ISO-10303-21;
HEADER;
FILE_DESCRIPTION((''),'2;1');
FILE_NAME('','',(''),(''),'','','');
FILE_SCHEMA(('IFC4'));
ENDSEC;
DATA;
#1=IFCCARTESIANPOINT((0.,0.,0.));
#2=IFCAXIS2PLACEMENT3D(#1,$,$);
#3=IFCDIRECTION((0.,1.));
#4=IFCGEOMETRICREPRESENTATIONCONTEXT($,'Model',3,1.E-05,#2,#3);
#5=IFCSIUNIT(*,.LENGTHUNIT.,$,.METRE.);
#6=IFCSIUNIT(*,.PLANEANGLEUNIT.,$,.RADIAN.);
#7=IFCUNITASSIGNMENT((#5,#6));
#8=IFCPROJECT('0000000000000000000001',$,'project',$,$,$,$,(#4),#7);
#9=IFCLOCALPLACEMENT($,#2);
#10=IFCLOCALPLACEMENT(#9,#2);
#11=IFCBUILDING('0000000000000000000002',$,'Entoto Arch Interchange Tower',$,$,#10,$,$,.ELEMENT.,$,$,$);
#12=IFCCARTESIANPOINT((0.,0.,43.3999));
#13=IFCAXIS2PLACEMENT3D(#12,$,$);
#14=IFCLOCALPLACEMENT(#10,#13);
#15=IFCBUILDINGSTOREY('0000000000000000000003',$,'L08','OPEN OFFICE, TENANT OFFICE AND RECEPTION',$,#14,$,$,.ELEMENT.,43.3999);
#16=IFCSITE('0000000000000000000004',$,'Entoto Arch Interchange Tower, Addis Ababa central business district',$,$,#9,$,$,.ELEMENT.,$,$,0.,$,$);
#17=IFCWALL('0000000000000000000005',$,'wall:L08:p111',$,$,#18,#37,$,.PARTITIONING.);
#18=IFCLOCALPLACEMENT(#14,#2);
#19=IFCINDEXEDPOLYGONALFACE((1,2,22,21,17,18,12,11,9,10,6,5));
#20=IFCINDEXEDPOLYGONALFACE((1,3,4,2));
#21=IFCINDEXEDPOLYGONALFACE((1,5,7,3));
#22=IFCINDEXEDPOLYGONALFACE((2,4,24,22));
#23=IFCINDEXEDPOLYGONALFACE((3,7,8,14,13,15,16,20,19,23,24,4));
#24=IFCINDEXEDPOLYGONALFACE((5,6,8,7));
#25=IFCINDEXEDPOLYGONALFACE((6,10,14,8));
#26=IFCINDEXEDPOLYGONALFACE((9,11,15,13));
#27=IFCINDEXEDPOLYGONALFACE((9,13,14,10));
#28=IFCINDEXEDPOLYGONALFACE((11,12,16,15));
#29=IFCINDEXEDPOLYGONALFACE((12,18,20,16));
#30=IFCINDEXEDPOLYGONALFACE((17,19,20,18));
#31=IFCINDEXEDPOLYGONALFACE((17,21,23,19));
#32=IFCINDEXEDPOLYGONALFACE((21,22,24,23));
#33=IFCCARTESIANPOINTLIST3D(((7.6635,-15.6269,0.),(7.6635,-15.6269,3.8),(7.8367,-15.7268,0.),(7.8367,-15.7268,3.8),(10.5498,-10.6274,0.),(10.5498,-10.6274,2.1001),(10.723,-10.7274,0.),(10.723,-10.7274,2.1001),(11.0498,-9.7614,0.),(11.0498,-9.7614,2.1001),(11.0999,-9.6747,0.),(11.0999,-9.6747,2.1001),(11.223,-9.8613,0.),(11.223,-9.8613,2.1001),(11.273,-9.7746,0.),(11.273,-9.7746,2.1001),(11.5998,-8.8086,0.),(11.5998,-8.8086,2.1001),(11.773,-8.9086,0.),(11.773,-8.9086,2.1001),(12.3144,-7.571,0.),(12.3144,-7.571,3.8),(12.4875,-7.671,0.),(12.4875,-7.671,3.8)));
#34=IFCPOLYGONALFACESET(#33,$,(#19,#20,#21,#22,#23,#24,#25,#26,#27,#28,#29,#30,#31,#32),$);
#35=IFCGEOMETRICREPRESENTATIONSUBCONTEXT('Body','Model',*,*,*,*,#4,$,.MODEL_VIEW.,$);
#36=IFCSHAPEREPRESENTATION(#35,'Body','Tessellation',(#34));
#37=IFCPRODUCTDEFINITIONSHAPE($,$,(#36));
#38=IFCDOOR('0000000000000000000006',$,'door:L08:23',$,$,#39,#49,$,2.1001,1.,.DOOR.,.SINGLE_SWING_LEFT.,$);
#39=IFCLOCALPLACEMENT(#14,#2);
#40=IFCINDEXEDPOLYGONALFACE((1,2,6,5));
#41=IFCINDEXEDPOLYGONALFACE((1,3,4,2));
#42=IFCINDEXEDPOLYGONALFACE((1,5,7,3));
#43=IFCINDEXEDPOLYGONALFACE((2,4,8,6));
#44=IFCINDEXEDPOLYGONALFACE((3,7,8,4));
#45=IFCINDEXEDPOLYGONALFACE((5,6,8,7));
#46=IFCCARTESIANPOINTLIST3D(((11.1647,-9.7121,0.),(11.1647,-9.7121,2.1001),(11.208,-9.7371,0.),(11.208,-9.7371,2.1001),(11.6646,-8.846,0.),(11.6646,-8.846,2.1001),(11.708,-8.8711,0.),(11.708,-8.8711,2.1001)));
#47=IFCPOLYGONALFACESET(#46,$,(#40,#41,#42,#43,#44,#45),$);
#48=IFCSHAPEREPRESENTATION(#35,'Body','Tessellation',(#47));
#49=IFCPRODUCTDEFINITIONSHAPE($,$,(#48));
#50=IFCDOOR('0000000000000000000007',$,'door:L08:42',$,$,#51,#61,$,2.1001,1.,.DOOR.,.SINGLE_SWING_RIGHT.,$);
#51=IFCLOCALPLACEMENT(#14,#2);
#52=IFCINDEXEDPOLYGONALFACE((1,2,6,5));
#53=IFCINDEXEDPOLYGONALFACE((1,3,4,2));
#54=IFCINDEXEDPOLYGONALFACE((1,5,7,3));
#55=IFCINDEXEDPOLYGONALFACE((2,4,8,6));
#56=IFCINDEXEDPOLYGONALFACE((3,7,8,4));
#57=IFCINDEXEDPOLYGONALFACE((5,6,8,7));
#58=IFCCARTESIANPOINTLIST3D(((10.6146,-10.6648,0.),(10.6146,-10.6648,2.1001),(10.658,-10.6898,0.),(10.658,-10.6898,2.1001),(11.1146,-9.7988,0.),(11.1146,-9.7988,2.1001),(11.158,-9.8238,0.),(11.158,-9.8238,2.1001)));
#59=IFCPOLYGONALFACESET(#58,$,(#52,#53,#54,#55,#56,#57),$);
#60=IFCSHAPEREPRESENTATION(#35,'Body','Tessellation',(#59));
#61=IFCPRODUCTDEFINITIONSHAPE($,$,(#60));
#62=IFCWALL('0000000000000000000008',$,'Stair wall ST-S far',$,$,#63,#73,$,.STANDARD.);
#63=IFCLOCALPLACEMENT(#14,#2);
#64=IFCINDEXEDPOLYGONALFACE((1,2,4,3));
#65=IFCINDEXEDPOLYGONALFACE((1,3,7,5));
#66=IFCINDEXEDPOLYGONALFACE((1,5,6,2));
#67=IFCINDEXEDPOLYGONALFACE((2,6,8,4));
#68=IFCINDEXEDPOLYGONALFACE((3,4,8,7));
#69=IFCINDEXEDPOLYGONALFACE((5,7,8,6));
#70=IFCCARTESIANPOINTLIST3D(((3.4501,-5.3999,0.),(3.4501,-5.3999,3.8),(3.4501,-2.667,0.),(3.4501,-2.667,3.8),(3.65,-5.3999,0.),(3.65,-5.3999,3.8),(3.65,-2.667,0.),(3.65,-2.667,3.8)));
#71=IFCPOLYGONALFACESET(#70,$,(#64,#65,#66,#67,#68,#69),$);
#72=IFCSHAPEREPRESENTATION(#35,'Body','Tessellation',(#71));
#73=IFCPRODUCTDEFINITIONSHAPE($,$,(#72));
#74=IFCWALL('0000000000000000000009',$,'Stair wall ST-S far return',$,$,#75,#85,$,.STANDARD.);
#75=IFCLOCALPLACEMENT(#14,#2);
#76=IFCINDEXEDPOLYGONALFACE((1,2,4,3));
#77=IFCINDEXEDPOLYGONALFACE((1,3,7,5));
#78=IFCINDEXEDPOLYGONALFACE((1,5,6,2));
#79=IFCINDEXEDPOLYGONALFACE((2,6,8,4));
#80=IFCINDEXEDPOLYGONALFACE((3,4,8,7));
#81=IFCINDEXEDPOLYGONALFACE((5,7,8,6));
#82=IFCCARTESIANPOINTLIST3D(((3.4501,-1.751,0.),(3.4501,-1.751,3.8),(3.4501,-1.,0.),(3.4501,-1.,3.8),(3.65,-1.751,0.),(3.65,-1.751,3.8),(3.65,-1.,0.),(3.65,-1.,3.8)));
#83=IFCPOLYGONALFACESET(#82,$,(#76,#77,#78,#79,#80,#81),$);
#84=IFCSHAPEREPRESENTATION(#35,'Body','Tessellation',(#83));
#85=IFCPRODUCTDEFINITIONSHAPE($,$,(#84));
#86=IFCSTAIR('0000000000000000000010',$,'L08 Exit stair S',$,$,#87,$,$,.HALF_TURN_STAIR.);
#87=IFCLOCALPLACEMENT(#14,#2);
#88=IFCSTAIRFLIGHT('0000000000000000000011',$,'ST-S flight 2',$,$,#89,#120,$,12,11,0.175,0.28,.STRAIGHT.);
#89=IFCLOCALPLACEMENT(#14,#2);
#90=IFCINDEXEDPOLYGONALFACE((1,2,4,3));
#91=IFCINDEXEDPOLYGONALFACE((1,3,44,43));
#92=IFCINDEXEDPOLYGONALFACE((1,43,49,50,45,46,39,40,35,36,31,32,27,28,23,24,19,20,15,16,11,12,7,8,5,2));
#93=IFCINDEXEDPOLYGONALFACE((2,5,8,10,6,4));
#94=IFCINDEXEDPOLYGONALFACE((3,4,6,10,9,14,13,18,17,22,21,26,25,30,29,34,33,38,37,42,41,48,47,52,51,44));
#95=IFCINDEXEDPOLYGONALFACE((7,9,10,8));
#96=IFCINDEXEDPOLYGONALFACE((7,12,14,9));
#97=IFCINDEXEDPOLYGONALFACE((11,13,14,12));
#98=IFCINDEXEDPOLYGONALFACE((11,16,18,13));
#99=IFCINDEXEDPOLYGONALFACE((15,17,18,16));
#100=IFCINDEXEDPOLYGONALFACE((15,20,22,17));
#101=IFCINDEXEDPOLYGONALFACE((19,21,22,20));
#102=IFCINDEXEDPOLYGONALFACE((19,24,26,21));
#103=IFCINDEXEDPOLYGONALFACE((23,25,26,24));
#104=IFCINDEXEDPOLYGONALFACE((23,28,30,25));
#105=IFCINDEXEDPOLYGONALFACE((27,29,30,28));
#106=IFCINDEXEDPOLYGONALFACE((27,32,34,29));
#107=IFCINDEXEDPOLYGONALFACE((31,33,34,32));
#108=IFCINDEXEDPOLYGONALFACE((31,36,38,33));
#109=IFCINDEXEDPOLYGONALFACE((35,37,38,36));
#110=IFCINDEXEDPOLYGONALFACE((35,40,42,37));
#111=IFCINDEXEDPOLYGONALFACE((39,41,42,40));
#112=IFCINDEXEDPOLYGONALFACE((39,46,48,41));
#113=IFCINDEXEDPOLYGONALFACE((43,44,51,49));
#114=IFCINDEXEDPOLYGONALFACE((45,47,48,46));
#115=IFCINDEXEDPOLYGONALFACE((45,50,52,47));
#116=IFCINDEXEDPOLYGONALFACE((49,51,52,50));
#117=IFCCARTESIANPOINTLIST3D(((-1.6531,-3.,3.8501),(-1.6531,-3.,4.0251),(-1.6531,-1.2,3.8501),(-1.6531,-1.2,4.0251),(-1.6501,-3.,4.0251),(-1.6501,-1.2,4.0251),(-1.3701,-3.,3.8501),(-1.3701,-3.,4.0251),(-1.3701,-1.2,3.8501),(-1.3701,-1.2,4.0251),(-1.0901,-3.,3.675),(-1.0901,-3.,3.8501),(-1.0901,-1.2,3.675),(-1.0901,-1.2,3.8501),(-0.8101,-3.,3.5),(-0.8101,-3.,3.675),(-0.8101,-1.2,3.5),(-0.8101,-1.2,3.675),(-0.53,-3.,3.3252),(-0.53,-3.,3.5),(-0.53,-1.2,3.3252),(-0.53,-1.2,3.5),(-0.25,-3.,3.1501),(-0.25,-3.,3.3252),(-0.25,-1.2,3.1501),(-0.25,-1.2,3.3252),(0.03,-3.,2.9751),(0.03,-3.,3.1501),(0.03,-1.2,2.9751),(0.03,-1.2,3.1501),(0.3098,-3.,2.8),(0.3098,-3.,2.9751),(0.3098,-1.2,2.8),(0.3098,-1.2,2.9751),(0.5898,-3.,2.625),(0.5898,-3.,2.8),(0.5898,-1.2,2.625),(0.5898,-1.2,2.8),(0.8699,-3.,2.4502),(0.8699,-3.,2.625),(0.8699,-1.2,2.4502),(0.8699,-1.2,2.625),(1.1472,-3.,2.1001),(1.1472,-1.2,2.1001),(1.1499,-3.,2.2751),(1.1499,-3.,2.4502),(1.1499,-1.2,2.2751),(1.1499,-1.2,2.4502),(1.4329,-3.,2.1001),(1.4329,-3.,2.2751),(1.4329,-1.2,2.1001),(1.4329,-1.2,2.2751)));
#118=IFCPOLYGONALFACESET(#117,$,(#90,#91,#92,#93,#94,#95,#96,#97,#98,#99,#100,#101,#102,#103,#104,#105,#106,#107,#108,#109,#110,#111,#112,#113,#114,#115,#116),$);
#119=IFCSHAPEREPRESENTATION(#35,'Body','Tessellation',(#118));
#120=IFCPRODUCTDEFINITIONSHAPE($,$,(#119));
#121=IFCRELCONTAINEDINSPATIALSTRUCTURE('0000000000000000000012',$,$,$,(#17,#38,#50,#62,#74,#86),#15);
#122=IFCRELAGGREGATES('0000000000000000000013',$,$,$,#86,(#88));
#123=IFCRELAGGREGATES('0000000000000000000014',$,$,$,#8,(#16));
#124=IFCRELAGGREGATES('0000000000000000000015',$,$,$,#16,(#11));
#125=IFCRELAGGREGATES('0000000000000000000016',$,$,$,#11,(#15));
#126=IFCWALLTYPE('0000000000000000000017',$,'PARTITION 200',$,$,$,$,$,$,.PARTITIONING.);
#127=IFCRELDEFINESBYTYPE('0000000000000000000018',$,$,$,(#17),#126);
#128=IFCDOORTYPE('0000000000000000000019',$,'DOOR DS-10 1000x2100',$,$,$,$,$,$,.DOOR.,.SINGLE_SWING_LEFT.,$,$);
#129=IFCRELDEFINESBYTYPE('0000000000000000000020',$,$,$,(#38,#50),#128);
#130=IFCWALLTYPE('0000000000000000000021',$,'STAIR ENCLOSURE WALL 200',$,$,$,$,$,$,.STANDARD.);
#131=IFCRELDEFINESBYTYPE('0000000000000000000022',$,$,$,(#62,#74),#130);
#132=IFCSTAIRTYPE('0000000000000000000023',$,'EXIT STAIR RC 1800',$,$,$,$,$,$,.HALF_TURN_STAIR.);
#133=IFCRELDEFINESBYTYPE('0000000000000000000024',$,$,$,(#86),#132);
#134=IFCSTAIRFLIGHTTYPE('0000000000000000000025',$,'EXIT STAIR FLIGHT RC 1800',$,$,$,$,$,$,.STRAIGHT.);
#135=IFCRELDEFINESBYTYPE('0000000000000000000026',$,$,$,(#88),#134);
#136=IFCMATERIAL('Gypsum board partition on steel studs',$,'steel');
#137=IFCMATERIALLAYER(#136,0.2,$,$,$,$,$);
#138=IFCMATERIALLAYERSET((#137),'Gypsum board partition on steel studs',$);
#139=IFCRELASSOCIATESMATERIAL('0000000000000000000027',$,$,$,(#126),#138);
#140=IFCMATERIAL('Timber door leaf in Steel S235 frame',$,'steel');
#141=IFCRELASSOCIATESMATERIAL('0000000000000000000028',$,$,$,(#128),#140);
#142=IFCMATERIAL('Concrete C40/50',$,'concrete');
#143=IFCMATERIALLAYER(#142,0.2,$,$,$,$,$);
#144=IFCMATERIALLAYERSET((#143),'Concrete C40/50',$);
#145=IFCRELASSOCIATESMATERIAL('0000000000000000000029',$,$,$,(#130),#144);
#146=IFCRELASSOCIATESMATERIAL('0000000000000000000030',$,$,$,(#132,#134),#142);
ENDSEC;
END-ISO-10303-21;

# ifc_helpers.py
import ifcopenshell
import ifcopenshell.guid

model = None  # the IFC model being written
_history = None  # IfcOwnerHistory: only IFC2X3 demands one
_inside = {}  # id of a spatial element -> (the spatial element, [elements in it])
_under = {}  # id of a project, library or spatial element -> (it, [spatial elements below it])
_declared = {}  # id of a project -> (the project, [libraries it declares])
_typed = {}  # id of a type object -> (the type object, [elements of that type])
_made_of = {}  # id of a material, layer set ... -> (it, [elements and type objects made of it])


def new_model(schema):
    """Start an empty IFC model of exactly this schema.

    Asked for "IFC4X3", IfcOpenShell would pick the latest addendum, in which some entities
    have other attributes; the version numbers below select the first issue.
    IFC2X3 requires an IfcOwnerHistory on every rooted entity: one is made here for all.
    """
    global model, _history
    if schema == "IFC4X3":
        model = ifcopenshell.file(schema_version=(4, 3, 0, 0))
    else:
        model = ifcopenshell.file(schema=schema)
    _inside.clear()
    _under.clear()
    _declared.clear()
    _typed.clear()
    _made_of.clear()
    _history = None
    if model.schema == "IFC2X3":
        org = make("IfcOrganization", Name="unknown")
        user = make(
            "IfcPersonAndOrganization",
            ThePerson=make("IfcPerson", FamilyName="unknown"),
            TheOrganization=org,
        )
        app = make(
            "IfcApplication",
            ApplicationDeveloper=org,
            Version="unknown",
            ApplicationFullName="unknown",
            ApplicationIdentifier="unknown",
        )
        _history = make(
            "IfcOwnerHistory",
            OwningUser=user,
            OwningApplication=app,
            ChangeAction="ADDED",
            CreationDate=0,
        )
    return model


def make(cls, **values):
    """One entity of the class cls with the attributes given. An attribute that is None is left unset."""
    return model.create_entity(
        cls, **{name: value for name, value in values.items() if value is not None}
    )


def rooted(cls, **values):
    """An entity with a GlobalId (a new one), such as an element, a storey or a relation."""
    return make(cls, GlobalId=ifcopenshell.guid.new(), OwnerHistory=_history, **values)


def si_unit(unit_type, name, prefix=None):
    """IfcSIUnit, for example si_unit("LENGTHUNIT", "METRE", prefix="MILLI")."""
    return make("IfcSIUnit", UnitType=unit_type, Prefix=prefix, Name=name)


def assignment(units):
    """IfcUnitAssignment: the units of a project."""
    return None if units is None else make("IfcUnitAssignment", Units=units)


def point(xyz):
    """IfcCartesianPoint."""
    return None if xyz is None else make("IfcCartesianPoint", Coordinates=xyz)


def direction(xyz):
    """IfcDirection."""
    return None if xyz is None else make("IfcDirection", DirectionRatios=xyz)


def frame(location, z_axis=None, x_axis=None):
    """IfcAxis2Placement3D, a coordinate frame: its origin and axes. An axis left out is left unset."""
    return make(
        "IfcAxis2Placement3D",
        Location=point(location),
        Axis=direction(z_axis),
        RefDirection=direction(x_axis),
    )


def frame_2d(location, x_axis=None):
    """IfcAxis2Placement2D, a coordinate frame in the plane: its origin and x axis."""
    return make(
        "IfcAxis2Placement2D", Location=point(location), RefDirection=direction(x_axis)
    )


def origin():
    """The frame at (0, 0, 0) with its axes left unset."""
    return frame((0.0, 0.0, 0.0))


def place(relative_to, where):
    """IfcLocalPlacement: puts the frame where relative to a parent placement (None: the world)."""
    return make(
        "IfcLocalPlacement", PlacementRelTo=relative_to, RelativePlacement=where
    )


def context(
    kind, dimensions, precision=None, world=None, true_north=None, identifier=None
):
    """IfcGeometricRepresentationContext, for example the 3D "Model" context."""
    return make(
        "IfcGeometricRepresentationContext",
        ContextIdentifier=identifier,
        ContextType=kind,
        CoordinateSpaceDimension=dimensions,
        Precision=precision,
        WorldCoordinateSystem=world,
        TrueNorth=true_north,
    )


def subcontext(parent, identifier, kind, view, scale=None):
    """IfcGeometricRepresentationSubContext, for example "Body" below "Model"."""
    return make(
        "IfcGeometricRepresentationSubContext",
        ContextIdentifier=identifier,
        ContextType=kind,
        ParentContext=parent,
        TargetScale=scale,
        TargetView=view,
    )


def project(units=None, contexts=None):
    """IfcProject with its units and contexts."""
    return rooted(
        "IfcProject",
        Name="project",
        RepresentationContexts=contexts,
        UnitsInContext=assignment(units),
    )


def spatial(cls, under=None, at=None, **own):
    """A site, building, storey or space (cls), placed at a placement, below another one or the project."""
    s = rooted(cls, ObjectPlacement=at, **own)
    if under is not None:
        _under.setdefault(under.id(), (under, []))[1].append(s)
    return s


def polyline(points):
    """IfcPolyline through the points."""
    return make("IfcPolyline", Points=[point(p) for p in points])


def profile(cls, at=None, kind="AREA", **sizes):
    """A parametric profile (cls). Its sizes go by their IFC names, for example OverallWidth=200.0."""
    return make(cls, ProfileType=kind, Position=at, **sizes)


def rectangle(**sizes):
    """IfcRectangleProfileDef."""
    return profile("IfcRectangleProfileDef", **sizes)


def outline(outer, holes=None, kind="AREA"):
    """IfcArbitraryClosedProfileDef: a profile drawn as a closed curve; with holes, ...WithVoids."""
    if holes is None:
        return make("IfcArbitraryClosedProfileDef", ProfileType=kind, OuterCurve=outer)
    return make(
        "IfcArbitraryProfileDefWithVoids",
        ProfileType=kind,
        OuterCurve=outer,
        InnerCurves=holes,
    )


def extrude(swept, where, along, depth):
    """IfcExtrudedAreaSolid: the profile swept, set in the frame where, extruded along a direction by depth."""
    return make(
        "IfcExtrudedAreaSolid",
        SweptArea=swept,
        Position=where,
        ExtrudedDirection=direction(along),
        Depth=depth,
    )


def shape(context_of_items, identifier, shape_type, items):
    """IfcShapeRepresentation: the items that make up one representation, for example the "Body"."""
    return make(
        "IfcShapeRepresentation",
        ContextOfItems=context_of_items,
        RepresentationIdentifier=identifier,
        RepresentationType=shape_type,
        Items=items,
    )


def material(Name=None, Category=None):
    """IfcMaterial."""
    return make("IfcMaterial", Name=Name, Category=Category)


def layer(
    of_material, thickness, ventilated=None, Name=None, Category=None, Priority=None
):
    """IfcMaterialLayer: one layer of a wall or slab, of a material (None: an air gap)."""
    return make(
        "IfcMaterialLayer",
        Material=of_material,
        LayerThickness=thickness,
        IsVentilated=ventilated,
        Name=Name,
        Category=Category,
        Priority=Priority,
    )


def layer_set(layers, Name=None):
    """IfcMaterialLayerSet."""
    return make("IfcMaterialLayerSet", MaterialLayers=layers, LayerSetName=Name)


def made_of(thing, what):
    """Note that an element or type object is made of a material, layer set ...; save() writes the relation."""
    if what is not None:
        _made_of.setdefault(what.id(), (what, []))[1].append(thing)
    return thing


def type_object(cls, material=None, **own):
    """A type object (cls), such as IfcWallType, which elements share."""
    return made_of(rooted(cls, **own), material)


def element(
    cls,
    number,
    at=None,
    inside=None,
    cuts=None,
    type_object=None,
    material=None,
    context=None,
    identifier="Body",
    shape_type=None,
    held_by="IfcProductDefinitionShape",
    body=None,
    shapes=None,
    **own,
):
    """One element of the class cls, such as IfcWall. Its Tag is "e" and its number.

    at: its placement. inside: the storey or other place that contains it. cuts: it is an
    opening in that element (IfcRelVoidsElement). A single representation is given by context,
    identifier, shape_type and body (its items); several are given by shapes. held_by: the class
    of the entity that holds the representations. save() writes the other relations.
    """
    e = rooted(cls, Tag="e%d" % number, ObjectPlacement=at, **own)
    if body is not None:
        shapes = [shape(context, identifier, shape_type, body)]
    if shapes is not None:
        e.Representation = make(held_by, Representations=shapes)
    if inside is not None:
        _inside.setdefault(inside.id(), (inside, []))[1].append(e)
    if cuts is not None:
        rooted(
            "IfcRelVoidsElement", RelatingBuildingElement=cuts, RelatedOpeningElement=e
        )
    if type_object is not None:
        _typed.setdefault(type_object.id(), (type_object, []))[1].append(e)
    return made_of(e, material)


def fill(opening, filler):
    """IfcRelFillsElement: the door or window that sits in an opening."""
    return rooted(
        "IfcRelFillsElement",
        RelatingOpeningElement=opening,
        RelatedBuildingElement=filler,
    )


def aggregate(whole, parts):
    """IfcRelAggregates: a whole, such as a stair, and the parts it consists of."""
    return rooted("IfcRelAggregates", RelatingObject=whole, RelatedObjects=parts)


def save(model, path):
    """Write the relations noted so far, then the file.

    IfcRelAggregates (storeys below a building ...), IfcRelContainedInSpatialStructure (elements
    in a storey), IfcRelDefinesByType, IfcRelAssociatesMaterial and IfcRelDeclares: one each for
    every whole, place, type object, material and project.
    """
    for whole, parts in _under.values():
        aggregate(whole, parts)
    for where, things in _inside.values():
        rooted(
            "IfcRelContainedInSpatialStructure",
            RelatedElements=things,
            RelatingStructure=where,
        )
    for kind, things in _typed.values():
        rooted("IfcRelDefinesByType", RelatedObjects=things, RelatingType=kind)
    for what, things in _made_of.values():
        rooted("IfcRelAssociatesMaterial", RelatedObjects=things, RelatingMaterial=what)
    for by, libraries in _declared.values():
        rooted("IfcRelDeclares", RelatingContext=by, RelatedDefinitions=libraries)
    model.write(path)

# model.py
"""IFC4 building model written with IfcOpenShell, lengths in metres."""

from ifc_helpers import new_model, si_unit, direction, frame, frame_2d, origin, place, context, subcontext, project, spatial, polyline, rectangle, outline, extrude, material, layer, layer_set, type_object, element, fill, aggregate, save


model = new_model("IFC4")

# Units and contexts
model_context = context("Model", 3, precision=1e-05, world=origin(), true_north=direction((0.0, 1.0)))
body_context = subcontext(model_context, "Body", "Model", "MODEL_VIEW")
ifc_project = project(units=[si_unit("LENGTHUNIT", "METRE"), si_unit("PLANEANGLEUNIT", "RADIAN")], contexts=[model_context])

# Site, building, storey
site_placement = place(None, origin())
site = spatial("IfcSite", under=ifc_project, at=site_placement, Name="Entoto Arch Interchange Tower, Addis Ababa central business district", CompositionType="ELEMENT", RefElevation=0.0)
building_placement = place(site_placement, origin())
building = spatial("IfcBuilding", under=site, at=building_placement, Name="Entoto Arch Interchange Tower", CompositionType="ELEMENT")
storey_placement = place(building_placement, frame((0.0, 0.0, 43.3999)))
storey = spatial("IfcBuildingStorey", under=building, at=storey_placement, Name="L08", Description="OPEN OFFICE, TENANT OFFICE AND RECEPTION", CompositionType="ELEMENT", Elevation=43.3999)

# Shared definitions
ifc_material_1 = material(Name="Concrete C40/50", Category="concrete")

# Shared definitions
ifc_material_2 = material(Name="Gypsum board partition on steel studs", Category="steel")
ifc_layer_1 = layer(ifc_material_2, 0.2)
ifc_layer_set_1 = layer_set([ifc_layer_1], Name="Gypsum board partition on steel studs")
wall_type_1 = type_object("IfcWallType", Name="PARTITION 200", PredefinedType="PARTITIONING", material=ifc_layer_set_1)

# Wall, openings, doors
wall_1_placement = place(storey_placement, frame((12.4009, -7.6211, 0.0), z_axis=(0.0, 0.0, 1.0), x_axis=(-0.499984, -0.866035, 0.0)))
wall_1 = element("IfcWall", 1, at=wall_1_placement, inside=storey, type_object=wall_type_1, Name="wall:L08:p111", PredefinedType="PARTITIONING", context=body_context, shape_type="SweptSolid", body=[
    extrude(rectangle(XDim=9.302, YDim=0.2, at=frame_2d((4.6509, 0.0))), origin(), (0.0, 0.0, 1.0), 3.8),
])
opening_1_placement = place(wall_1_placement, frame((1.429, 0.0, 0.0)))
opening_1 = element("IfcOpeningElement", 2, at=opening_1_placement, cuts=wall_1, PredefinedType="OPENING", context=body_context, shape_type="SweptSolid", body=[
    extrude(rectangle(XDim=1.0, YDim=2.1001, at=frame_2d((0.5, 1.05))), frame((0.0, 0.1099, 0.0), z_axis=(0.0, -1.0, 0.0), x_axis=(1.0, 0.0, 0.0)), (0.0, 0.0, 1.0), 0.22),
])
opening_2_placement = place(wall_1_placement, frame((2.5291, 0.0, 0.0)))
opening_2 = element("IfcOpeningElement", 3, at=opening_2_placement, cuts=wall_1, PredefinedType="OPENING", context=body_context, shape_type="SweptSolid", body=[
    extrude(rectangle(XDim=1.0, YDim=2.1001, at=frame_2d((0.5, 1.05))), frame((0.0, 0.1099, 0.0), z_axis=(0.0, -1.0, 0.0), x_axis=(1.0, 0.0, 0.0)), (0.0, 0.0, 1.0), 0.22),
])
ifc_material_3 = material(Name="Timber door leaf in Steel S235 frame", Category="steel")
door_type_1 = type_object("IfcDoorType", Name="DOOR DS-10 1000x2100", OperationType="SINGLE_SWING_LEFT", PredefinedType="DOOR", material=ifc_material_3)
door_1_placement = place(opening_1_placement, origin())
door_1 = element("IfcDoor", 4, at=door_1_placement, inside=storey, type_object=door_type_1, Name="door:L08:23", OperationType="SINGLE_SWING_LEFT", OverallHeight=2.1001, OverallWidth=1.0, PredefinedType="DOOR", context=body_context, shape_type="SweptSolid", body=[
    extrude(rectangle(XDim=1.0, YDim=2.1001, at=frame_2d((0.5, 1.05))), frame((0.0, 0.0249, 0.0), z_axis=(0.0, -1.0, 0.0), x_axis=(1.0, 0.0, 0.0)), (0.0, 0.0, 1.0), 0.05),
])
fill(opening_1, door_1)
door_2_placement = place(opening_2_placement, origin())
door_2 = element("IfcDoor", 5, at=door_2_placement, inside=storey, type_object=door_type_1, Name="door:L08:42", OperationType="SINGLE_SWING_RIGHT", OverallHeight=2.1001, OverallWidth=1.0, PredefinedType="DOOR", context=body_context, shape_type="SweptSolid", body=[
    extrude(rectangle(XDim=1.0, YDim=2.1001, at=frame_2d((0.5, 1.05))), frame((0.0, 0.0249, 0.0), z_axis=(0.0, -1.0, 0.0), x_axis=(1.0, 0.0, 0.0)), (0.0, 0.0, 1.0), 0.05),
])
fill(opening_2, door_2)

# Walls
ifc_layer_2 = layer(ifc_material_1, 0.2)
ifc_layer_set_2 = layer_set([ifc_layer_2], Name="Concrete C40/50")
wall_type_2 = type_object("IfcWallType", Name="STAIR ENCLOSURE WALL 200", PredefinedType="STANDARD", material=ifc_layer_set_2)
wall_2_placement = place(storey_placement, frame((3.55, -2.667, 0.0), z_axis=(0.0, 0.0, 1.0), x_axis=(0.0, -1.0, 0.0)))
element("IfcWall", 6, at=wall_2_placement, inside=storey, type_object=wall_type_2, Name="Stair wall ST-S far", PredefinedType="STANDARD", context=body_context, shape_type="SweptSolid", body=[
    extrude(rectangle(XDim=2.7329, YDim=0.2, at=frame_2d((1.3665, 0.0))), origin(), (0.0, 0.0, 1.0), 3.8),
])
wall_3_placement = place(storey_placement, frame((3.55, -1.0, 0.0), z_axis=(0.0, 0.0, 1.0), x_axis=(0.0, -1.0, 0.0)))
element("IfcWall", 7, at=wall_3_placement, inside=storey, type_object=wall_type_2, Name="Stair wall ST-S far return", PredefinedType="STANDARD", context=body_context, shape_type="SweptSolid", body=[
    extrude(rectangle(XDim=0.751, YDim=0.2, at=frame_2d((0.3755, 0.0))), origin(), (0.0, 0.0, 1.0), 3.8),
])

# Stair, stair flight
stair_type = type_object("IfcStairType", Name="EXIT STAIR RC 1800", PredefinedType="HALF_TURN_STAIR", material=ifc_material_1)
stair_placement = place(storey_placement, origin())
stair = element("IfcStair", 8, at=stair_placement, inside=storey, type_object=stair_type, Name="L08 Exit stair S", PredefinedType="HALF_TURN_STAIR")
stair_flight_type = type_object("IfcStairFlightType", Name="EXIT STAIR FLIGHT RC 1800", PredefinedType="STRAIGHT", material=ifc_material_1)
stair_flight_placement = place(storey_placement, frame((1.4299, -2.1001, 2.1001), z_axis=(0.0, 0.0, 1.0), x_axis=(-1.0, 0.0, 0.0)))
stair_flight = element("IfcStairFlight", 9, at=stair_flight_placement, type_object=stair_flight_type, Name="ST-S flight 2", NumberOfRisers=12, NumberOfTreads=11, PredefinedType="STRAIGHT", RiserHeight=0.175, TreadLength=0.28, context=body_context, shape_type="SweptSolid", body=[
    extrude(outline(polyline([(-0.0029, 0.0), (-0.0029, 0.175), (0.28, 0.175), (0.28, 0.3501), (0.5601, 0.3501), (0.5601, 0.5249), (0.8401, 0.5249), (0.8401, 0.7), (1.1201, 0.7), (1.1201, 0.875), (1.3999, 0.875), (1.3999, 1.05), (1.6799, 1.05), (1.6799, 1.2251), (1.96, 1.2251), (1.96, 1.3999), (2.24, 1.3999), (2.24, 1.575), (2.52, 1.575), (2.52, 1.75), (2.8, 1.75), (2.8, 1.925), (3.0801, 1.925), (3.083, 1.925), (3.083, 1.75), (0.2827, 0.0), (-0.0029, 0.0)])), frame((0.0, 0.8999, 0.0), z_axis=(0.0, -1.0, 0.0), x_axis=(1.0, 0.0, 0.0)), (0.0, 0.0, 1.0), 1.8),
])
aggregate(stair, [stair_flight])

save(model, "model.ifc")
